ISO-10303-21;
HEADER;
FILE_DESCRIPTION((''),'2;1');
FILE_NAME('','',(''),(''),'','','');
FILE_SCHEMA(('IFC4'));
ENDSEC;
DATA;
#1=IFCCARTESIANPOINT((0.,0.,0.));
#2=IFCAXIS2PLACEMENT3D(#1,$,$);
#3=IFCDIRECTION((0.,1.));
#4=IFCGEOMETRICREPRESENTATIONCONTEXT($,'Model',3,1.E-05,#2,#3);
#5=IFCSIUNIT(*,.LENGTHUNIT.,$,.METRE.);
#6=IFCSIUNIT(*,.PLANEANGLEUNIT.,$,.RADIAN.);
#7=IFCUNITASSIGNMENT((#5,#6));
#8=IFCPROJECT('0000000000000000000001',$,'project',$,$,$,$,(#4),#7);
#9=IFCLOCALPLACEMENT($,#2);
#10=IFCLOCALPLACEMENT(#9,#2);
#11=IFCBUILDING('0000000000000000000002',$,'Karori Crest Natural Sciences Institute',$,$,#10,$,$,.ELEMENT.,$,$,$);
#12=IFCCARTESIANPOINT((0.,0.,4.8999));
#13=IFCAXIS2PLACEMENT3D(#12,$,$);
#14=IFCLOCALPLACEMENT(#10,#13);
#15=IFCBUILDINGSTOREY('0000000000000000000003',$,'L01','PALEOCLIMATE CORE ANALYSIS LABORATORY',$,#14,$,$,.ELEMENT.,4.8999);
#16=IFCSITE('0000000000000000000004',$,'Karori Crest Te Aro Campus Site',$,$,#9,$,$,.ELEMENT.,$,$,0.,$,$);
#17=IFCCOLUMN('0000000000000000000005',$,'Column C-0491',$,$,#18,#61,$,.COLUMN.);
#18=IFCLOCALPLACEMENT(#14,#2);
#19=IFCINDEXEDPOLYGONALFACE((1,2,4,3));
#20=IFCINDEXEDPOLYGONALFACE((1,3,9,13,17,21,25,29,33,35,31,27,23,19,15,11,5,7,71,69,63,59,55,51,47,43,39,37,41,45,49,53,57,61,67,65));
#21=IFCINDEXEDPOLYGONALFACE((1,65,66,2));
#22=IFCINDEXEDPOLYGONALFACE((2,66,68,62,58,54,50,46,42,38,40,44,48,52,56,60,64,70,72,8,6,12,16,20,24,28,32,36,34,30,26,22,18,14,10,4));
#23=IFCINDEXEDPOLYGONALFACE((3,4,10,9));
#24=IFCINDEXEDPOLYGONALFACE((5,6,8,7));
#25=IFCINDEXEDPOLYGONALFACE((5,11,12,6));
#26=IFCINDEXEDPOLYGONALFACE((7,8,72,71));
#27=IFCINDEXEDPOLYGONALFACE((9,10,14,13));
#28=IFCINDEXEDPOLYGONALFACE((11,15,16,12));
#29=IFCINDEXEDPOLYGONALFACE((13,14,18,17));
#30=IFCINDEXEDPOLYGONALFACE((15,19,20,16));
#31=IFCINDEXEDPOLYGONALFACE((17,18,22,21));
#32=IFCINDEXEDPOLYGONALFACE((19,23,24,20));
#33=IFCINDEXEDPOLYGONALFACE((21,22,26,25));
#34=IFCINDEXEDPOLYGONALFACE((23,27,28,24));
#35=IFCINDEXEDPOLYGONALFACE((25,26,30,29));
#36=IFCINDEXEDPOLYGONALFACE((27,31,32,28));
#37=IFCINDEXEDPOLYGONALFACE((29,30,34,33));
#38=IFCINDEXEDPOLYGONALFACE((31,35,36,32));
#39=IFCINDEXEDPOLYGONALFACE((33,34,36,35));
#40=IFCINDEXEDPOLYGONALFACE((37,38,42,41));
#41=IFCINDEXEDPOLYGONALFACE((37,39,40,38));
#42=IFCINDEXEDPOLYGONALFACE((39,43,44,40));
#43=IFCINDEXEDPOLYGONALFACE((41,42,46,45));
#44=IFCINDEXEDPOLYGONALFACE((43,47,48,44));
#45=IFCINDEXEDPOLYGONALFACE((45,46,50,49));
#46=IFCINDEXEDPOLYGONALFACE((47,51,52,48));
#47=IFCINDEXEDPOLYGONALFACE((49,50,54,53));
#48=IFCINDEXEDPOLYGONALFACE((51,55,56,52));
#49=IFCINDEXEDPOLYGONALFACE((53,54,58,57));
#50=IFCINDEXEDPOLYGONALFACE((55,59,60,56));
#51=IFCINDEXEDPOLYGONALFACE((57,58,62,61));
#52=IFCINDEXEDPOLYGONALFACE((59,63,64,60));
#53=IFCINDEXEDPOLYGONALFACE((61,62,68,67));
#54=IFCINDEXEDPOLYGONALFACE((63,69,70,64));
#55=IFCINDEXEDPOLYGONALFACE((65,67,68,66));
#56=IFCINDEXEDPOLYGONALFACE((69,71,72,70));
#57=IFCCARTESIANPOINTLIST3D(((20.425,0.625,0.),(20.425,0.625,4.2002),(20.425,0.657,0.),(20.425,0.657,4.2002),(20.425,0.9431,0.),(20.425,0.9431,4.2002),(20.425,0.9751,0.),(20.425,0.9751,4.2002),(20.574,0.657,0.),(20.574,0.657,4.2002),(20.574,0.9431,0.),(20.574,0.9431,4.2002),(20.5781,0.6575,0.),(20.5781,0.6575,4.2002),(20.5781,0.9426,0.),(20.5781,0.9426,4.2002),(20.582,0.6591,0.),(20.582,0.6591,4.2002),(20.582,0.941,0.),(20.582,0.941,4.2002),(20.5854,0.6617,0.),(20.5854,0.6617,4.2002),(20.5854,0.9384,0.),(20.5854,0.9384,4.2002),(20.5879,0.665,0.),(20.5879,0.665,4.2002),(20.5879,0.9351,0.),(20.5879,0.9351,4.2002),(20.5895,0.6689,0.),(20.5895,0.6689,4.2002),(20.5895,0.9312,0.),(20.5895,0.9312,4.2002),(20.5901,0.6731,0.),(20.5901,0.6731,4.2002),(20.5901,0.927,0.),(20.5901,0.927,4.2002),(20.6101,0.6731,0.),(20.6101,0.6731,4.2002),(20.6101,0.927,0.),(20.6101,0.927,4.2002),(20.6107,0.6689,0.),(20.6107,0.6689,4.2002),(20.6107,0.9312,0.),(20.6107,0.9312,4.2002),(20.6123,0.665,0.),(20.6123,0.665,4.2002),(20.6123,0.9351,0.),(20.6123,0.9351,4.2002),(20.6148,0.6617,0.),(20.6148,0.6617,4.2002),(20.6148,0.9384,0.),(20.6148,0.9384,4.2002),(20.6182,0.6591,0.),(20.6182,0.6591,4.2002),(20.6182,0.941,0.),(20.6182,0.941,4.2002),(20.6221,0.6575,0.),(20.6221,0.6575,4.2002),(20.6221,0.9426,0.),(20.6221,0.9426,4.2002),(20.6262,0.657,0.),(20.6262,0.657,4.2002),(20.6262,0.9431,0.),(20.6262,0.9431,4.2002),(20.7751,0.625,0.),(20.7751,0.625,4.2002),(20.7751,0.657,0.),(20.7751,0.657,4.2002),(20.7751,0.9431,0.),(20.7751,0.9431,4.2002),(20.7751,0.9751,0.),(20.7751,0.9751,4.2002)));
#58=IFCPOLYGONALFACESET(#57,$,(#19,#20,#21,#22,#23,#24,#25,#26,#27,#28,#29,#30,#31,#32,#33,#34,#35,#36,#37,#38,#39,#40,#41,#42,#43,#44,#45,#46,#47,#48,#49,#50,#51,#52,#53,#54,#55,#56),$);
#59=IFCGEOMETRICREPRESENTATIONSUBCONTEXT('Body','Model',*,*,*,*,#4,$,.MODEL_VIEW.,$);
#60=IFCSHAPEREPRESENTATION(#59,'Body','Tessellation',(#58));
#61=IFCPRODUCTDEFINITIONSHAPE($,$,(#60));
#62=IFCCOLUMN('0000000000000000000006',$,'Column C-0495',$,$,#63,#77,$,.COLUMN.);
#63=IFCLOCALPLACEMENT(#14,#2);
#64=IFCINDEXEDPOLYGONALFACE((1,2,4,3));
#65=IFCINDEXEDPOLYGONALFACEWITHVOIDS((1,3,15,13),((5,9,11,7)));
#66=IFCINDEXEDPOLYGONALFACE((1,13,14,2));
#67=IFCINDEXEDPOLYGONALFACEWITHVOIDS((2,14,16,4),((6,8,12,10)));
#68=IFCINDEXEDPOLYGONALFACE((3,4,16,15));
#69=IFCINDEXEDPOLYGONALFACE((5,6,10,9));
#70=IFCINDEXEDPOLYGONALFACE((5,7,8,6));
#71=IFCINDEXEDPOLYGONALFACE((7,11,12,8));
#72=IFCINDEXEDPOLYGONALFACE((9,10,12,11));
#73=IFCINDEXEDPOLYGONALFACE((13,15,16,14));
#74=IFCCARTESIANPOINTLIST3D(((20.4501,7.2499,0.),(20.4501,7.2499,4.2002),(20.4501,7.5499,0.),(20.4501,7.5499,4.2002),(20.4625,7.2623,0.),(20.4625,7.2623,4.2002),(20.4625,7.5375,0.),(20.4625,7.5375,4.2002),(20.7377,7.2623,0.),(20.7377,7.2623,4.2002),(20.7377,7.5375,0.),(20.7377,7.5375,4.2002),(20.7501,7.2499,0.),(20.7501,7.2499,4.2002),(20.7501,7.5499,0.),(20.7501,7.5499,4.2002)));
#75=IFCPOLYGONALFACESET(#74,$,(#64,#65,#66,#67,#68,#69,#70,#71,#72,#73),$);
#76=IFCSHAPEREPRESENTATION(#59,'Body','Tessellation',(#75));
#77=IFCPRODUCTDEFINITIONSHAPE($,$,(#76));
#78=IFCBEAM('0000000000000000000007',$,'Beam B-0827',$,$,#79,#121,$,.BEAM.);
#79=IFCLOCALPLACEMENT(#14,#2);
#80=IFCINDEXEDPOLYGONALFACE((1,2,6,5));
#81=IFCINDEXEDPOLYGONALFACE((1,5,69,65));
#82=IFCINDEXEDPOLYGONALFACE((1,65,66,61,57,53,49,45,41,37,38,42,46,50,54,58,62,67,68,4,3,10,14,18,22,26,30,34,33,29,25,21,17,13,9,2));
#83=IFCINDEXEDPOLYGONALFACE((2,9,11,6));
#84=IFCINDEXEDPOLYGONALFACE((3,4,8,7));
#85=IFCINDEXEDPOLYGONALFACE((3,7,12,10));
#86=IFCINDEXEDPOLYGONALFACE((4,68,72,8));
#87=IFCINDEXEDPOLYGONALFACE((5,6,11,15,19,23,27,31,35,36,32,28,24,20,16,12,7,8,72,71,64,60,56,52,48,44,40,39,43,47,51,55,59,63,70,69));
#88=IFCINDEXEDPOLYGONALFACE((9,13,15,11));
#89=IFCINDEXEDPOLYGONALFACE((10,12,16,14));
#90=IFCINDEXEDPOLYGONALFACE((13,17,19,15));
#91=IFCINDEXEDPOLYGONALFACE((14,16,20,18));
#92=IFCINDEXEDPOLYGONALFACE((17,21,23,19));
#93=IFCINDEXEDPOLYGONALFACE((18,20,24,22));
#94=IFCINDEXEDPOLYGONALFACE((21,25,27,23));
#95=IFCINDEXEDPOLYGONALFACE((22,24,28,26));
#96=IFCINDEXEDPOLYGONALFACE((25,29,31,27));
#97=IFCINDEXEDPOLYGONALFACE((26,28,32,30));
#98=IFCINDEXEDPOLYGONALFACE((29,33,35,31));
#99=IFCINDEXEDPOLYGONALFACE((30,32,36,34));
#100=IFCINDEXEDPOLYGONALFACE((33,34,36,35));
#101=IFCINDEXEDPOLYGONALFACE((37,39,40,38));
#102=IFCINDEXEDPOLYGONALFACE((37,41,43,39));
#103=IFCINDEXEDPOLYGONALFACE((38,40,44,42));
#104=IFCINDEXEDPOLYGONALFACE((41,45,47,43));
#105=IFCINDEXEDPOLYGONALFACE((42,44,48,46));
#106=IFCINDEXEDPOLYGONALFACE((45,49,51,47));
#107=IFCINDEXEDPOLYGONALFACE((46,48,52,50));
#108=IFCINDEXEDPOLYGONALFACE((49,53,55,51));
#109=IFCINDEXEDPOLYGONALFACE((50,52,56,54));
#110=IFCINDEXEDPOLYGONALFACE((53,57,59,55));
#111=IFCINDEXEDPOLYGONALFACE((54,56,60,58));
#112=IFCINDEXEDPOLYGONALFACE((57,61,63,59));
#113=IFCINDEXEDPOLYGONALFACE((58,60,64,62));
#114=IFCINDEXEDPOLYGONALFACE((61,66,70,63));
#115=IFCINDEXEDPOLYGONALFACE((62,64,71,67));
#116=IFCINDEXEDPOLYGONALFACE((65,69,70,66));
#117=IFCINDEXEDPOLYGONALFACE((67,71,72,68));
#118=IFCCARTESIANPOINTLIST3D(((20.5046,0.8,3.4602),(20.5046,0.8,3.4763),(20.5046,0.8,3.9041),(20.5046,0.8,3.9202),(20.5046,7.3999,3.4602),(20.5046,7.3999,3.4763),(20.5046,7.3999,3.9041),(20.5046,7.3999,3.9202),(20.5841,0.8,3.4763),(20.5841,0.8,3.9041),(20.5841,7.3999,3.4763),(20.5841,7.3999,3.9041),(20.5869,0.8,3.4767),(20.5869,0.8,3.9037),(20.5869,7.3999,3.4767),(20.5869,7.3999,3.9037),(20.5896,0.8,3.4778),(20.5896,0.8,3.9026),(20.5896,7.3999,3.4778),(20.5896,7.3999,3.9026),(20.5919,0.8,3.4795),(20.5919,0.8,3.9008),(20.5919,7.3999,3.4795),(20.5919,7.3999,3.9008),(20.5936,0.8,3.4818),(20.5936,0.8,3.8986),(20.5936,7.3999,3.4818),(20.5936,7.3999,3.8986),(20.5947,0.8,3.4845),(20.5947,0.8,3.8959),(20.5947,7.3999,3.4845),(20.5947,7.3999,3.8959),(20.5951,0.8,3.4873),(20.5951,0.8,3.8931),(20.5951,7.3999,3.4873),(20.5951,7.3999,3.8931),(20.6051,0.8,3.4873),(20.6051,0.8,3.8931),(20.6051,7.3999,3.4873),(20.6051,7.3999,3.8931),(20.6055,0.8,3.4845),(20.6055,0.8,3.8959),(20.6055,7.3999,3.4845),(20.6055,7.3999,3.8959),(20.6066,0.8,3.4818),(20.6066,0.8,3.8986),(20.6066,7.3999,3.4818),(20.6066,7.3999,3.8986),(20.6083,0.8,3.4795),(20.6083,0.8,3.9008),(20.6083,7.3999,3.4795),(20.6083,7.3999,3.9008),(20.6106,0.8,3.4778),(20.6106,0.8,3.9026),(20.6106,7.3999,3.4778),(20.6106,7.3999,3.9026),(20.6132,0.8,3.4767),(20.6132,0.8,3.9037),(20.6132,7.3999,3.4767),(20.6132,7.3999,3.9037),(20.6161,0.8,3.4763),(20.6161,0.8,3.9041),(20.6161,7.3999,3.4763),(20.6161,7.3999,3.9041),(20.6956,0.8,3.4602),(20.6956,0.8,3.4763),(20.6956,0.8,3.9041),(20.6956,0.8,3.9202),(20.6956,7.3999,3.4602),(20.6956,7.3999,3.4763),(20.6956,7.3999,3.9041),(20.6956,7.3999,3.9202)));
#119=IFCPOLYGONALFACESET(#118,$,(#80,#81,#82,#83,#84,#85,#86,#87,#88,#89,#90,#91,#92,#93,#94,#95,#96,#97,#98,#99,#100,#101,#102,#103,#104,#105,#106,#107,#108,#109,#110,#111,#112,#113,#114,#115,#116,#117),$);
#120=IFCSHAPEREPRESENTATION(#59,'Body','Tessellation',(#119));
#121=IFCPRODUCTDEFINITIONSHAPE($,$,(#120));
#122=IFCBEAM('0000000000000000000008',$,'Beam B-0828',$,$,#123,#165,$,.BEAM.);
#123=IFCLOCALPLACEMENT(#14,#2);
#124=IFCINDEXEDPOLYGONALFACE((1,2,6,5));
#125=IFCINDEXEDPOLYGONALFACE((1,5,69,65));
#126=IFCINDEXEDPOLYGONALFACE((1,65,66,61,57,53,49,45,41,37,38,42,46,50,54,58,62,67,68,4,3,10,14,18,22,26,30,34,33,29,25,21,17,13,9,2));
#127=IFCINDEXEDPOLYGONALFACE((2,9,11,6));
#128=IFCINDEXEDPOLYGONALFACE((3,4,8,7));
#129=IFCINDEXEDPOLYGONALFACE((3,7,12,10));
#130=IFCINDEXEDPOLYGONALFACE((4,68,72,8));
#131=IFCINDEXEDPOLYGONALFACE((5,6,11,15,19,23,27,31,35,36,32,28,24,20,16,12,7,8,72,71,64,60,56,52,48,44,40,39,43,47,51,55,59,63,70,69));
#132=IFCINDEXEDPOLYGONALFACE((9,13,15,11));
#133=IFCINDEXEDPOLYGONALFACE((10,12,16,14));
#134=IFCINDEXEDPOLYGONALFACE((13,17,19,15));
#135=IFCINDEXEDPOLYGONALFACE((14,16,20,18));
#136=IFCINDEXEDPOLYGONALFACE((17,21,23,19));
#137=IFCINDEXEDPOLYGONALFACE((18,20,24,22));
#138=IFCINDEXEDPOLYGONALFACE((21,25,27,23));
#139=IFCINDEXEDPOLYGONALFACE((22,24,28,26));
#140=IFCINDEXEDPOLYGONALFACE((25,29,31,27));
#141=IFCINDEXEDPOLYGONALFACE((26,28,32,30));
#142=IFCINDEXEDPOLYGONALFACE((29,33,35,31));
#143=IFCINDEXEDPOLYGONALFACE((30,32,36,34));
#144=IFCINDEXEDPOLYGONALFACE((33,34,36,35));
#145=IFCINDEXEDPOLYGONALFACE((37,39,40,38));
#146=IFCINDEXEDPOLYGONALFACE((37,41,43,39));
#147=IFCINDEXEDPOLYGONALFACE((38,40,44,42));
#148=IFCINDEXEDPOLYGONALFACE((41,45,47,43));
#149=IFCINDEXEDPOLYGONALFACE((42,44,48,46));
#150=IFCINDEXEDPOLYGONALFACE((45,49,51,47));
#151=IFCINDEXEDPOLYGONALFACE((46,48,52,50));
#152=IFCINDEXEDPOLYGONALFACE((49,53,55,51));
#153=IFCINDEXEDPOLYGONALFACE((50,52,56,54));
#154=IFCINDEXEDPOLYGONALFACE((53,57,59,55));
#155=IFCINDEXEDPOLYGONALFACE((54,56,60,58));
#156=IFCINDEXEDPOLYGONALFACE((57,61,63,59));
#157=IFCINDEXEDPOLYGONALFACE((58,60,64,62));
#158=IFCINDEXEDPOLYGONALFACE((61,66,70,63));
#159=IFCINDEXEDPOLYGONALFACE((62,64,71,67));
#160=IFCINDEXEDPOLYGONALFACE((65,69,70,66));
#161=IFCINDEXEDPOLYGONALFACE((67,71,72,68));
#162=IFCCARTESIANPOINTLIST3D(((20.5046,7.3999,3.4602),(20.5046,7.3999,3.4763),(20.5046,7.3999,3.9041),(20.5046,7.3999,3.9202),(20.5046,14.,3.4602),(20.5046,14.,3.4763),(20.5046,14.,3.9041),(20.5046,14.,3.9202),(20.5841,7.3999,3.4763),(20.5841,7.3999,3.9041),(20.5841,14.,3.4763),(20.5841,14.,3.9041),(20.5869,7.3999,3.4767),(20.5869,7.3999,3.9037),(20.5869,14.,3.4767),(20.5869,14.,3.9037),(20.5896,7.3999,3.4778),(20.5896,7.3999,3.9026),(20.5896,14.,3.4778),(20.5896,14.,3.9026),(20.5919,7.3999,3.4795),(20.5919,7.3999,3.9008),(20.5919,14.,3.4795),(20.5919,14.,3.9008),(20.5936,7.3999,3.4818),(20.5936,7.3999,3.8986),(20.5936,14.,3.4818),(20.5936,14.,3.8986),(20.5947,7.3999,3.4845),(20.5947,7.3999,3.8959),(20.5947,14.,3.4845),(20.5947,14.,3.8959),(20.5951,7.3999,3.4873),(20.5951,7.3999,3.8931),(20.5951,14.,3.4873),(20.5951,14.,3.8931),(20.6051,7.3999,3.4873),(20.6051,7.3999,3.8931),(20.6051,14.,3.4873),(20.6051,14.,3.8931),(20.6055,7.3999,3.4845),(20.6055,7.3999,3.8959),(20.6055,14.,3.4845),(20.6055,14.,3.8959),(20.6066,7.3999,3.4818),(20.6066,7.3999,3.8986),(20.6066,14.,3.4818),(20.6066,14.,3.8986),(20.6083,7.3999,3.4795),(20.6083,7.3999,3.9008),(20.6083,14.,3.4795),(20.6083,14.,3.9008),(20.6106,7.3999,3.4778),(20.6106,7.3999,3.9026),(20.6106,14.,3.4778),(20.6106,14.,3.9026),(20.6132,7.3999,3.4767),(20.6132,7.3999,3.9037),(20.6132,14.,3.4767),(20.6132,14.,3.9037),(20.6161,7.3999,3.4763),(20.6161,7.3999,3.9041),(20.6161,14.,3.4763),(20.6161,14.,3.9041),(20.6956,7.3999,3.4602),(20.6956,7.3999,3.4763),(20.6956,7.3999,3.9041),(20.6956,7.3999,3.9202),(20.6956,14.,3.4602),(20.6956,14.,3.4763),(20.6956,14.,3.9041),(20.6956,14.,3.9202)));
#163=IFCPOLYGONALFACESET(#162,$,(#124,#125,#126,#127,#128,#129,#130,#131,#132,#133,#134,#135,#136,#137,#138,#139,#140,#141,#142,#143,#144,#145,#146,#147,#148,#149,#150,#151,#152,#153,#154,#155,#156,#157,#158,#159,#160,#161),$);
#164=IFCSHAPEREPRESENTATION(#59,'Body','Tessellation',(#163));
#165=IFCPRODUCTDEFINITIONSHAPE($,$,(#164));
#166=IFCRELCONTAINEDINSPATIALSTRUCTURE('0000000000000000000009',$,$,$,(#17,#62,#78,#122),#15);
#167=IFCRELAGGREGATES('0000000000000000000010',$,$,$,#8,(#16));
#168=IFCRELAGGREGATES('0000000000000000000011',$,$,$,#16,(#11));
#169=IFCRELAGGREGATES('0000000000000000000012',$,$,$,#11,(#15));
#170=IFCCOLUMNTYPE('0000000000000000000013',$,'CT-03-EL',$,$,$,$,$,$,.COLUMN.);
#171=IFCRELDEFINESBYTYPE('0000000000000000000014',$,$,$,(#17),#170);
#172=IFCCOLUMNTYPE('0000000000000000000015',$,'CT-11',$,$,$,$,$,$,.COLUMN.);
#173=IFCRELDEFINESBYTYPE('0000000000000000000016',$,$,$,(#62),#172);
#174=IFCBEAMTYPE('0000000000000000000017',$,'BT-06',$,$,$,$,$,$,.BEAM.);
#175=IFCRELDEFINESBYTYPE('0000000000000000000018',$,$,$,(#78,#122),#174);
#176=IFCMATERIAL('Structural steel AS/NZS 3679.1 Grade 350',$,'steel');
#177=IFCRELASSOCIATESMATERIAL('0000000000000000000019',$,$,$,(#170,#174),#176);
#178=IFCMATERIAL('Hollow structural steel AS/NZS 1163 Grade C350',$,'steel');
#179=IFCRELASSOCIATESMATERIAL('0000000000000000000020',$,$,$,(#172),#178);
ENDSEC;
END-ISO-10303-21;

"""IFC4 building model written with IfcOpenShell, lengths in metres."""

from ifc_helpers import new_model, si_unit, direction, frame, origin, origin_2d, place, context, subcontext, project, spatial, hollow_rectangle, i_section, extrude, material, material_profile, profile_set, type_object, element, save


model = new_model("IFC4")

# Units and contexts
model_context = context("Model", 3, precision=1e-05, world=origin(), true_north=direction((0.0, 1.0)))
body_context = subcontext(model_context, "Body", "Model", "MODEL_VIEW")
ifc_project = project(units=[si_unit("LENGTHUNIT", "METRE"), si_unit("PLANEANGLEUNIT", "RADIAN")], contexts=[model_context])

# Site, building, storey
site_placement = place(None, origin())
site = spatial("IfcSite", under=ifc_project, at=site_placement, Name="Karori Crest Te Aro Campus Site", CompositionType="ELEMENT", RefElevation=0.0)
building_placement = place(site_placement, origin())
building = spatial("IfcBuilding", under=site, at=building_placement, Name="Karori Crest Natural Sciences Institute", CompositionType="ELEMENT")
storey_placement = place(building_placement, frame((0.0, 0.0, 4.8999)))
storey = spatial("IfcBuildingStorey", under=building, at=storey_placement, Name="L01", Description="PALEOCLIMATE CORE ANALYSIS LABORATORY", CompositionType="ELEMENT", Elevation=4.8999)

# Columns
ifc_material_1 = material(Name="Structural steel AS/NZS 3679.1 Grade 350", Category="steel")
ifc_material_profile_1 = material_profile(ifc_material_1, i_section(OverallWidth=0.3501, OverallDepth=0.3501, WebThickness=0.02, FlangeThickness=0.032, FilletRadius=0.0161, at=origin_2d()), Name="350WC280")
ifc_profile_set_1 = profile_set([ifc_material_profile_1], Name="Structural steel AS/NZS 3679.1 Grade 350")
column_type_1 = type_object("IfcColumnType", Name="CT-03-EL", PredefinedType="COLUMN", material=ifc_profile_set_1)
column_1_placement = place(storey_placement, frame((20.6001, 0.8, 0.0), z_axis=(0.0, 0.0, 1.0), x_axis=(1.0, 0.0, 0.0)))
element("IfcColumn", 1, at=column_1_placement, inside=storey, type_object=column_type_1, Name="Column C-0491", PredefinedType="COLUMN", context=body_context, shape_type="SweptSolid", body=[
    extrude(i_section(OverallWidth=0.3501, OverallDepth=0.3501, WebThickness=0.02, FlangeThickness=0.032, FilletRadius=0.0161, at=origin_2d()), origin(), (0.0, 0.0, 1.0), 4.2002),
])
ifc_material_2 = material(Name="Hollow structural steel AS/NZS 1163 Grade C350", Category="steel")
ifc_material_profile_2 = material_profile(ifc_material_2, hollow_rectangle(XDim=0.3, YDim=0.3, WallThickness=0.0125, at=origin_2d()), Name="SHS300x300x12.5")
ifc_profile_set_2 = profile_set([ifc_material_profile_2], Name="Hollow structural steel AS/NZS 1163 Grade C350")
column_type_2 = type_object("IfcColumnType", Name="CT-11", PredefinedType="COLUMN", material=ifc_profile_set_2)
column_2_placement = place(storey_placement, frame((20.6001, 7.3999, 0.0), z_axis=(0.0, 0.0, 1.0), x_axis=(1.0, 0.0, 0.0)))
element("IfcColumn", 2, at=column_2_placement, inside=storey, type_object=column_type_2, Name="Column C-0495", PredefinedType="COLUMN", context=body_context, shape_type="SweptSolid", body=[
    extrude(hollow_rectangle(XDim=0.3, YDim=0.3, WallThickness=0.0125, at=origin_2d()), origin(), (0.0, 0.0, 1.0), 4.2002),
])

# Beams
ifc_material_profile_3 = material_profile(ifc_material_1, i_section(OverallWidth=0.1909, OverallDepth=0.46, WebThickness=0.01, FlangeThickness=0.0161, FilletRadius=0.011, at=origin_2d()), Name="460UB82.1")
ifc_profile_set_3 = profile_set([ifc_material_profile_3], Name="Structural steel AS/NZS 3679.1 Grade 350")
beam_type_1 = type_object("IfcBeamType", Name="BT-06", PredefinedType="BEAM", material=ifc_profile_set_3)
beam_1_placement = place(storey_placement, frame((20.6001, 0.8, 3.6902), z_axis=(0.0, 1.0, 0.0), x_axis=(-1.0, 0.0, 0.0)))
element("IfcBeam", 3, at=beam_1_placement, inside=storey, type_object=beam_type_1, Name="Beam B-0827", PredefinedType="BEAM", context=body_context, shape_type="SweptSolid", body=[
    extrude(i_section(OverallWidth=0.1909, OverallDepth=0.46, WebThickness=0.01, FlangeThickness=0.0161, FilletRadius=0.011, at=origin_2d()), origin(), (0.0, 0.0, 1.0), 6.5999),
])
beam_2_placement = place(storey_placement, frame((20.6001, 7.3999, 3.6902), z_axis=(0.0, 1.0, 0.0), x_axis=(-1.0, 0.0, 0.0)))
element("IfcBeam", 4, at=beam_2_placement, inside=storey, type_object=beam_type_1, Name="Beam B-0828", PredefinedType="BEAM", context=body_context, shape_type="SweptSolid", body=[
    extrude(i_section(OverallWidth=0.1909, OverallDepth=0.46, WebThickness=0.01, FlangeThickness=0.0161, FilletRadius=0.011, at=origin_2d()), origin(), (0.0, 0.0, 1.0), 6.6001),
])

save(model, "model.ifc")
